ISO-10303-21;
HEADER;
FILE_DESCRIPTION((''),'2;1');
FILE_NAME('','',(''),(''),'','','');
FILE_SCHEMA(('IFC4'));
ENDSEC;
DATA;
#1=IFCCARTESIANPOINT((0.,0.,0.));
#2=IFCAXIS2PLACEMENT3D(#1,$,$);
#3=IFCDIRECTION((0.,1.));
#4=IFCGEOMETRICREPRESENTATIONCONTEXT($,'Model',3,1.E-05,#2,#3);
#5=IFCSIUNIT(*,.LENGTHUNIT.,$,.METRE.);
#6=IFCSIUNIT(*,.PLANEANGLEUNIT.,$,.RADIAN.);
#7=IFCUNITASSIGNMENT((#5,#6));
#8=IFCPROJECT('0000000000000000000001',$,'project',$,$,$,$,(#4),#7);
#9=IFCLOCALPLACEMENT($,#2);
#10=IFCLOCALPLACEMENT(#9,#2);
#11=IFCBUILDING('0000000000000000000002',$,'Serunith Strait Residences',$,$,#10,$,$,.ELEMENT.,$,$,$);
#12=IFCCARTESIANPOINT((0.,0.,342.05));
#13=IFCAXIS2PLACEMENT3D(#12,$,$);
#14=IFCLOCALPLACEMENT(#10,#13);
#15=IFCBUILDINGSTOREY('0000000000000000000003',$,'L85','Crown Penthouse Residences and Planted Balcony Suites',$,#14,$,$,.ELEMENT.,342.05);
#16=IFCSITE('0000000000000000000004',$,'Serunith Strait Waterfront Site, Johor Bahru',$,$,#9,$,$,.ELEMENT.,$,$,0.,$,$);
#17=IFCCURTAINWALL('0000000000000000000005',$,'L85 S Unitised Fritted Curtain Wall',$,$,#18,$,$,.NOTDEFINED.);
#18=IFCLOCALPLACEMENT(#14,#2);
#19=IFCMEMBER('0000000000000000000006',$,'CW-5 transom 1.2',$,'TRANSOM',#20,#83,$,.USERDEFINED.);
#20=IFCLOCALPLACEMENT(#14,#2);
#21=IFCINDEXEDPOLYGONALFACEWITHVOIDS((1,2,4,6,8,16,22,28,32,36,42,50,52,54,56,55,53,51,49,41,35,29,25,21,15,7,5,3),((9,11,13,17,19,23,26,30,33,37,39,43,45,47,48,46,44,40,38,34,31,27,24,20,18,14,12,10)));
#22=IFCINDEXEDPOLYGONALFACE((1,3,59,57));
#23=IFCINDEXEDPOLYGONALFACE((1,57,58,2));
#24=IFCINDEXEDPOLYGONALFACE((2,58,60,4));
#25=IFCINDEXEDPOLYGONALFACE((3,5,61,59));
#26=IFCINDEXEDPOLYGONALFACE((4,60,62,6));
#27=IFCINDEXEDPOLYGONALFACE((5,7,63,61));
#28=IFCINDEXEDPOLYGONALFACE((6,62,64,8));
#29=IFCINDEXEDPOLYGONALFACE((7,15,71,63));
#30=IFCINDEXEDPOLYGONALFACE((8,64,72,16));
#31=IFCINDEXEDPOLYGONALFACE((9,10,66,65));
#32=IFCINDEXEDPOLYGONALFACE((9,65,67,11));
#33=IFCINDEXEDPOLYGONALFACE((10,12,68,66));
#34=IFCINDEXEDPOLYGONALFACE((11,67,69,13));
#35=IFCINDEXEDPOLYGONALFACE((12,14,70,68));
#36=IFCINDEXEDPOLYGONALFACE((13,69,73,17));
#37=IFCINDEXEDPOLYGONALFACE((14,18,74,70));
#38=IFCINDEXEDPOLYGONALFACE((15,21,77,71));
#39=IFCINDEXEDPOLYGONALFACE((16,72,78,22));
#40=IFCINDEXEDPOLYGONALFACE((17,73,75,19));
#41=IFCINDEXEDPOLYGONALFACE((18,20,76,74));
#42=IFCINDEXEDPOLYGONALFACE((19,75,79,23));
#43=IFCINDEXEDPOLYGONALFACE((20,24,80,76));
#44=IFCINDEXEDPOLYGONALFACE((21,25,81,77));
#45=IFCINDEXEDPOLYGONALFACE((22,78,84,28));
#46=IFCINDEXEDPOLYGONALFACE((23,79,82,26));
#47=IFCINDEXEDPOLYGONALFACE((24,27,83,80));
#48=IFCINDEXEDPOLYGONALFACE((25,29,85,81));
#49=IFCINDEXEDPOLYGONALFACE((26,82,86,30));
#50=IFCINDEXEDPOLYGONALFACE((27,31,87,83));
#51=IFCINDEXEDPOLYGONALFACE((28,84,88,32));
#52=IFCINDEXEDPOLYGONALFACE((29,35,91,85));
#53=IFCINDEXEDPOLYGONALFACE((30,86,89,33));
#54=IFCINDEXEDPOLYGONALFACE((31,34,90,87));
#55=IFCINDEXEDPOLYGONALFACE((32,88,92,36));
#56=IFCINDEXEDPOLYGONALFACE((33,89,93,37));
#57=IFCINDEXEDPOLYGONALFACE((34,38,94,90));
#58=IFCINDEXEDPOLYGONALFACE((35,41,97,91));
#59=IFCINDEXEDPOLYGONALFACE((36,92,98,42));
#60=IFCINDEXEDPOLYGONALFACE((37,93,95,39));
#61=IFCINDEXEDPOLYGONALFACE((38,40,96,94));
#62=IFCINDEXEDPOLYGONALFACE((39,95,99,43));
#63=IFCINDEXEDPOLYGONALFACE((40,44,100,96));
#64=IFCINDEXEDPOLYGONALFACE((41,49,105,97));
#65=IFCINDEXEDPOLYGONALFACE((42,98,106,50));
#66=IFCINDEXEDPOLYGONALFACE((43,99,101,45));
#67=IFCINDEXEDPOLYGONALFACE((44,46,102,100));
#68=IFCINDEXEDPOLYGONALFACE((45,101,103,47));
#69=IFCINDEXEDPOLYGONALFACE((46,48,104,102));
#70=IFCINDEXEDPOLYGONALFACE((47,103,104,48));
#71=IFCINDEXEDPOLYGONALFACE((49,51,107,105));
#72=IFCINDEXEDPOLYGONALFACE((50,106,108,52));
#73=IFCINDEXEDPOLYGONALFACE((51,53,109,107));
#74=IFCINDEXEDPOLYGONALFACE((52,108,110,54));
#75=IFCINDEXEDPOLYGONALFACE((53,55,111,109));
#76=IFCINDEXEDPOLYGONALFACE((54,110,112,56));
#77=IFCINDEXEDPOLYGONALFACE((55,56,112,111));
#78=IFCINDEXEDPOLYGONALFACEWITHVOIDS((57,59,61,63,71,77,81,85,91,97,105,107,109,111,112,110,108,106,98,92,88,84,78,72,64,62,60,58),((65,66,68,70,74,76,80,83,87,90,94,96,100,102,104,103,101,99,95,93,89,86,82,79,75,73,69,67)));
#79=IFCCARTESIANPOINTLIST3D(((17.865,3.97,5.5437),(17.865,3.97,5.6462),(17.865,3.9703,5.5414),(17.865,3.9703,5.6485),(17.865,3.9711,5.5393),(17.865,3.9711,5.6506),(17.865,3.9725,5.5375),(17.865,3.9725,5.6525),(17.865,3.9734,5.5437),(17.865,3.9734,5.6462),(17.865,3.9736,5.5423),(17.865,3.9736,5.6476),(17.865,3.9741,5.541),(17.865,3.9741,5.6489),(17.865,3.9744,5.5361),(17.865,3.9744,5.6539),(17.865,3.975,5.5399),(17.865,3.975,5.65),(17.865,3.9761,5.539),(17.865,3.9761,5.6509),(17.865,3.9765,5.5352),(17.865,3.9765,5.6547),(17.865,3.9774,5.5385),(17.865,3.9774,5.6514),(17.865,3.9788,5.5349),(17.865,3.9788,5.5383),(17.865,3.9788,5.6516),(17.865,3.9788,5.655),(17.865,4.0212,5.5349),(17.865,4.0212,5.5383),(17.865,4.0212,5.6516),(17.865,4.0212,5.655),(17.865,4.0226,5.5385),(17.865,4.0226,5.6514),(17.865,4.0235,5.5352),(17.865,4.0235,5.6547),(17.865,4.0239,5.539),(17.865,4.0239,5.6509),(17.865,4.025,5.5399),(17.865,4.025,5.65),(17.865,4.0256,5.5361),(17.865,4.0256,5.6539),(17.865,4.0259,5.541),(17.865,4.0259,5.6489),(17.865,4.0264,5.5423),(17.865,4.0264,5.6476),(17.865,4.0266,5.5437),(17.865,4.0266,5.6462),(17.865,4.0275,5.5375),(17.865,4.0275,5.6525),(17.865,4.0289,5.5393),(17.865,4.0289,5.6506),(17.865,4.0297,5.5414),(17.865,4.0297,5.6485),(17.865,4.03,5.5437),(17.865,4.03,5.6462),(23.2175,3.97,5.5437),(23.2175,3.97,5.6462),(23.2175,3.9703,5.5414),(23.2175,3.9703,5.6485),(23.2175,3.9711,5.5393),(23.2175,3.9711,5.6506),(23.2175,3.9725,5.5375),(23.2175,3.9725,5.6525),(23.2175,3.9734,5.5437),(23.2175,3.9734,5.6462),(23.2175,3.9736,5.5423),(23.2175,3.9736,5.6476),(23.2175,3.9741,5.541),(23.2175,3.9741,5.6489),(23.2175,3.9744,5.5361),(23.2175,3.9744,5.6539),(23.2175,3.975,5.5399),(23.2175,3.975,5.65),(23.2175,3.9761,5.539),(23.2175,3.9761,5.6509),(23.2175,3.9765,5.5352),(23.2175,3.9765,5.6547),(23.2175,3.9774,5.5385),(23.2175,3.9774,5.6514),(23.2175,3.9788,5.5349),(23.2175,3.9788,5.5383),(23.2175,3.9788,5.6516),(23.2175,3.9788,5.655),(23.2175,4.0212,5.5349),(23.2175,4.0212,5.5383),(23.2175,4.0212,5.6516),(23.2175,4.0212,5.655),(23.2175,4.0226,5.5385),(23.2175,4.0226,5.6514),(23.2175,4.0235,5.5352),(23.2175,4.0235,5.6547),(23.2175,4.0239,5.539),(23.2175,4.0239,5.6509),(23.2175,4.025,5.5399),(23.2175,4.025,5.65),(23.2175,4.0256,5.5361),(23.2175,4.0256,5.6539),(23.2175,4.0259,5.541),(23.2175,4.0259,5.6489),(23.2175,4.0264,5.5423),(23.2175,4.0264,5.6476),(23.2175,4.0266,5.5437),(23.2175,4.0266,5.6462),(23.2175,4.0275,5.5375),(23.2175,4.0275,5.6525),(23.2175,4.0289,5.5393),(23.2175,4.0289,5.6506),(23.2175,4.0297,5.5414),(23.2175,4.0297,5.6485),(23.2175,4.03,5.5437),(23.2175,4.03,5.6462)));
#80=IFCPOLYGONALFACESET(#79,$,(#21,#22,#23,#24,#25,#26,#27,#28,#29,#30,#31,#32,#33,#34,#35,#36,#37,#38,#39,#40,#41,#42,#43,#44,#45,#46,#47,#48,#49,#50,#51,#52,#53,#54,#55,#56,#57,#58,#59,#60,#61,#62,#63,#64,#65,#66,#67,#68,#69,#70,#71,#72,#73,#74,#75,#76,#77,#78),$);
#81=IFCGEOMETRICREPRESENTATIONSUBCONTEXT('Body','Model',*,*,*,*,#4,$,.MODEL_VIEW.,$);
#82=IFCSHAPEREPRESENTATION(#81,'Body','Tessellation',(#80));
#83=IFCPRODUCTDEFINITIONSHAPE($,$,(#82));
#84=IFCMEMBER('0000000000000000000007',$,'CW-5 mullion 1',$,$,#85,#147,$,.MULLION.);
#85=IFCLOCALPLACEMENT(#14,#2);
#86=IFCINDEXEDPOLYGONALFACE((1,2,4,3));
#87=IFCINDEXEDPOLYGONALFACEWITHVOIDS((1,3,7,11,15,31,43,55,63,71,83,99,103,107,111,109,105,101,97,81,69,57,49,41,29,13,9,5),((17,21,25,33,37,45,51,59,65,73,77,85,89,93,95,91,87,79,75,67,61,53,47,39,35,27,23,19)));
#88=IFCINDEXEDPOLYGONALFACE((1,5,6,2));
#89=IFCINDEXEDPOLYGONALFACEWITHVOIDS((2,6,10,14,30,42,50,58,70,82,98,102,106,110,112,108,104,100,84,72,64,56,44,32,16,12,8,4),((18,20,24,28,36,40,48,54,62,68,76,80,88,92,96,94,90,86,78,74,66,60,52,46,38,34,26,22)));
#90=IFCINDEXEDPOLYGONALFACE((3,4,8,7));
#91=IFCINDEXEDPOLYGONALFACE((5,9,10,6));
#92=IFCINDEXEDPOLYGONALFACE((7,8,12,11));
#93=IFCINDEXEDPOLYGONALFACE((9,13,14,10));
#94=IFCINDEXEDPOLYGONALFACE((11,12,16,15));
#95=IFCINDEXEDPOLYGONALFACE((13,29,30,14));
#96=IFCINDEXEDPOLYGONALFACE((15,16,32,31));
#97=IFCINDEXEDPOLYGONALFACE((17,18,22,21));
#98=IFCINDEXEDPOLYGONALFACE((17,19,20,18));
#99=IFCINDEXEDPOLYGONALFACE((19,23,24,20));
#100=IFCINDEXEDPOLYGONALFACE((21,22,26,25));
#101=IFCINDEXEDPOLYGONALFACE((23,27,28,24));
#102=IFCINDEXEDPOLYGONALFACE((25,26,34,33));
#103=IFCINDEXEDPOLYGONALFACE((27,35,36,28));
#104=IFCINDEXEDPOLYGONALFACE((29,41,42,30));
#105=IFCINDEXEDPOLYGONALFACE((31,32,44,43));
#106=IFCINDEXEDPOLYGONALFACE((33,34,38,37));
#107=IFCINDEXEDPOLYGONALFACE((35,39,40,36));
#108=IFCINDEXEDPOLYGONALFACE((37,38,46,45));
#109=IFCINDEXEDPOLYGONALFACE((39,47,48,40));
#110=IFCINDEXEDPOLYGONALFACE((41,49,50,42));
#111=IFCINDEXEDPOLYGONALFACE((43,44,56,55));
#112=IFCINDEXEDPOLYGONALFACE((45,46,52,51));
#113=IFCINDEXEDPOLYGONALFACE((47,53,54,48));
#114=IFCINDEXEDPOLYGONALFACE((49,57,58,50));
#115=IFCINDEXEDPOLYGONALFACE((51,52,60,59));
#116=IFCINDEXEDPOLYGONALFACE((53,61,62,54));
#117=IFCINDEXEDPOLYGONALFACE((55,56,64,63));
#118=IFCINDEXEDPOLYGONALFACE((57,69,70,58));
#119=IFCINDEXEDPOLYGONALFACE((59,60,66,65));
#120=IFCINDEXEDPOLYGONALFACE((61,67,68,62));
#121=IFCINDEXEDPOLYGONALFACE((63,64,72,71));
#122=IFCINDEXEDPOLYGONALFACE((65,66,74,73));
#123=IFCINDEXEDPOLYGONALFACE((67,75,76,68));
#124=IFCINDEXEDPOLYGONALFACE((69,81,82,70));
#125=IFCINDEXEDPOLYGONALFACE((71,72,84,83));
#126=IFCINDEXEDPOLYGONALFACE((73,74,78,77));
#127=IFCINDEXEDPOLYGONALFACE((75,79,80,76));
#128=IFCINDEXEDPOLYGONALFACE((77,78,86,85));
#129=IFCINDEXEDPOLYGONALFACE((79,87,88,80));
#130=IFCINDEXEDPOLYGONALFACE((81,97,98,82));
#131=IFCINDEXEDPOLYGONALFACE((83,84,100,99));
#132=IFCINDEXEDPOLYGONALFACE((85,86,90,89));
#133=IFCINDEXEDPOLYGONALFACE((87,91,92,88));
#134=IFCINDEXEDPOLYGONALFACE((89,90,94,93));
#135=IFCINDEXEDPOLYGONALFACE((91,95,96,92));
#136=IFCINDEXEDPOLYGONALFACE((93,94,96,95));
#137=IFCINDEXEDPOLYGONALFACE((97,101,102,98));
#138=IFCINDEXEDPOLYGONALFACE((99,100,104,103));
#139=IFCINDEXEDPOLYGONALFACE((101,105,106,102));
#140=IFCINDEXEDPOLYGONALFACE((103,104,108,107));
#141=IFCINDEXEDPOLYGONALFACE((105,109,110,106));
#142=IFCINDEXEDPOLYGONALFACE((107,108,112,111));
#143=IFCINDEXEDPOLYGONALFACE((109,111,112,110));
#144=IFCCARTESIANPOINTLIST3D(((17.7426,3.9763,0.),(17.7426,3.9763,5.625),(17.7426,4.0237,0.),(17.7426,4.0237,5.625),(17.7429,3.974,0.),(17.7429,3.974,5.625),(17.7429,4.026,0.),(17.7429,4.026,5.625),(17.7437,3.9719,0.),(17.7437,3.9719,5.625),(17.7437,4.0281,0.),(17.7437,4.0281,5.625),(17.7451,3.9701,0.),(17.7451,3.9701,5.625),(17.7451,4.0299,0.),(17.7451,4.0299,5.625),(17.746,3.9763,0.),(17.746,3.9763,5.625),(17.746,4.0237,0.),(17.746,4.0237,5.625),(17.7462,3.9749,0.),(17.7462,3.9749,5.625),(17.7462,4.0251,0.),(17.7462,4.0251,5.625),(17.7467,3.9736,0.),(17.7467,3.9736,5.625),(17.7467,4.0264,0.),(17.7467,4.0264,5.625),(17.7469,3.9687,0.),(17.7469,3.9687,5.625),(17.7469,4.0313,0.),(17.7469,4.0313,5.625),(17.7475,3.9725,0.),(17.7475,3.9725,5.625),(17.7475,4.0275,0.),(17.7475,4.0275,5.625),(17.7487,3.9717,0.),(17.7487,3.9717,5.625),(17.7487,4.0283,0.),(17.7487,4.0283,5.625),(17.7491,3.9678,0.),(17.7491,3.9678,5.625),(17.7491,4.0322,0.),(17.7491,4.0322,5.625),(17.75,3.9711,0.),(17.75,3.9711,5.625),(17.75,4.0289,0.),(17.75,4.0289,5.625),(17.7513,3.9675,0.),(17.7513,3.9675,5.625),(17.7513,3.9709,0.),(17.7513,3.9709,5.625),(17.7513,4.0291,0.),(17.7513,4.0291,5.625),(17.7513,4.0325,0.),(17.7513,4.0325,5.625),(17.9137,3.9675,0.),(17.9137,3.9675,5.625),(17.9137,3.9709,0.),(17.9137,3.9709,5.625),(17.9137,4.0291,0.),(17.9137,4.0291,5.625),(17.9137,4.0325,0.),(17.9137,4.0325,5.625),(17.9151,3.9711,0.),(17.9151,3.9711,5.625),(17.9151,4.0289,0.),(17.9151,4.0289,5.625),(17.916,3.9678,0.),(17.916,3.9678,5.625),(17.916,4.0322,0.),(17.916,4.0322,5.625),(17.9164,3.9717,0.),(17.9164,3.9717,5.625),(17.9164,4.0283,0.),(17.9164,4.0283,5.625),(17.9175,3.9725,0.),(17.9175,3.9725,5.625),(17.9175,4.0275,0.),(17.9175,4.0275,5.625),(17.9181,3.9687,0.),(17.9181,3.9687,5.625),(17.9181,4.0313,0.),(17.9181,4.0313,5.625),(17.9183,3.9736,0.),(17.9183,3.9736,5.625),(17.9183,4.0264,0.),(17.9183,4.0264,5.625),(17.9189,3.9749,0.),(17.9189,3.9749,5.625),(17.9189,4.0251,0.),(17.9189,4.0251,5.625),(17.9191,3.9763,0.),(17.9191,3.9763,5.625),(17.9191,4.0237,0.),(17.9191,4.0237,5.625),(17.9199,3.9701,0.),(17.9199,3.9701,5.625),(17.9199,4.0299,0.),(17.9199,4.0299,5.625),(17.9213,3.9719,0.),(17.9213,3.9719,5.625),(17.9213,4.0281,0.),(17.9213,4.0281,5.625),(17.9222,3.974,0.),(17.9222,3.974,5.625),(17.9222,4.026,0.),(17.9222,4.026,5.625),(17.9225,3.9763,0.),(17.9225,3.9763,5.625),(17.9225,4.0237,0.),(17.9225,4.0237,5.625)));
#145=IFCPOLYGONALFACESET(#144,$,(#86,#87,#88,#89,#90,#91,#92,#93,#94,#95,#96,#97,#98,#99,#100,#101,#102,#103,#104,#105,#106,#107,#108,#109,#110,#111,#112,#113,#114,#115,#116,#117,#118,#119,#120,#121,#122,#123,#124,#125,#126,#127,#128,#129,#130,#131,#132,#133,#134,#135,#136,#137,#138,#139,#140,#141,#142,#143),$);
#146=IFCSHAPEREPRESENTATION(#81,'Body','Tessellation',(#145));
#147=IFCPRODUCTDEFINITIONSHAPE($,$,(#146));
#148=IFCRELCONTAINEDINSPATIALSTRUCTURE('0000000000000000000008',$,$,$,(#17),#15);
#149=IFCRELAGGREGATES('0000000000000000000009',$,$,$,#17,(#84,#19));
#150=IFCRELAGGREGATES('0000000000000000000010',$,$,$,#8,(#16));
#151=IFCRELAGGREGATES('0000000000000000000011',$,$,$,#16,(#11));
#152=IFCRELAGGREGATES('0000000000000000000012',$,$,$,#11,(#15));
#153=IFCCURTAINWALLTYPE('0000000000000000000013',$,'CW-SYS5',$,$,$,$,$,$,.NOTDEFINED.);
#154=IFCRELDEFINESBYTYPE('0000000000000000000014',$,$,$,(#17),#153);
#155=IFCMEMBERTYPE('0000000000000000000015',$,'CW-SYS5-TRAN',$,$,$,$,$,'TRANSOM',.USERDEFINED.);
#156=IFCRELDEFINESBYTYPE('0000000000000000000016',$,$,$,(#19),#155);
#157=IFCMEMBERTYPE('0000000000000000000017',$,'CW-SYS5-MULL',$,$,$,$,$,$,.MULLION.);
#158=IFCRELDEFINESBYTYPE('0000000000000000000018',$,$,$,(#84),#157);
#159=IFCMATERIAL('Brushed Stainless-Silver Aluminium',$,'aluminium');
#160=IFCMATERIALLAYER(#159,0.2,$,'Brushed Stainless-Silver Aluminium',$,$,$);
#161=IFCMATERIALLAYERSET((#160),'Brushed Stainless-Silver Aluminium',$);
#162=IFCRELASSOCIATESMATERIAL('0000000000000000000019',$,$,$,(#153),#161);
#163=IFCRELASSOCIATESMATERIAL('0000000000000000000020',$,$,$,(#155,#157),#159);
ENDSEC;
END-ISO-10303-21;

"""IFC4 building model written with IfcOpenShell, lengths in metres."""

from ifc_helpers import new_model, si_unit, direction, frame, origin, origin_2d, place, context, subcontext, project, spatial, hollow_rectangle, extrude, source, transform, mapped, material, layer, layer_set, material_profile, profile_set, type_object, element, aggregate, save


model = new_model("IFC4")

# Units and contexts
model_context = context("Model", 3, precision=1e-05, world=origin(), true_north=direction((0.0, 1.0)))
body_context = subcontext(model_context, "Body", "Model", "MODEL_VIEW")
ifc_project = project(units=[si_unit("LENGTHUNIT", "METRE"), si_unit("PLANEANGLEUNIT", "RADIAN")], contexts=[model_context])

# Site, building, storey
site_placement = place(None, origin())
site = spatial("IfcSite", under=ifc_project, at=site_placement, Name="Serunith Strait Waterfront Site, Johor Bahru", CompositionType="ELEMENT", RefElevation=0.0)
building_placement = place(site_placement, origin())
building = spatial("IfcBuilding", under=site, at=building_placement, Name="Serunith Strait Residences", CompositionType="ELEMENT")
storey_placement = place(building_placement, frame((0.0, 0.0, 342.05)))
storey = spatial("IfcBuildingStorey", under=building, at=storey_placement, Name="L85", Description="Crown Penthouse Residences and Planted Balcony Suites", CompositionType="ELEMENT", Elevation=342.05)

# Curtain wall, members
ifc_material_1 = material(Name="Brushed Stainless-Silver Aluminium", Category="aluminium")
ifc_layer_1 = layer(ifc_material_1, 0.2, Name="Brushed Stainless-Silver Aluminium")
ifc_layer_set_1 = layer_set([ifc_layer_1], Name="Brushed Stainless-Silver Aluminium")
curtain_wall_type = type_object("IfcCurtainWallType", Name="CW-SYS5", PredefinedType="NOTDEFINED", material=ifc_layer_set_1)
curtain_wall_1_placement = place(storey_placement, origin())
curtain_wall_1 = element("IfcCurtainWall", 1, at=curtain_wall_1_placement, inside=storey, type_object=curtain_wall_type, Name="L85 S Unitised Fritted Curtain Wall", PredefinedType="NOTDEFINED")
ifc_material_profile_1 = material_profile(ifc_material_1, hollow_rectangle(XDim=0.0601, YDim=0.1201, WallThickness=0.0034, InnerFilletRadius=0.0054, OuterFilletRadius=0.0088, at=origin_2d()), Name="ALU 120x60x3.5")
ifc_profile_set_1 = profile_set([ifc_material_profile_1], Name="Brushed Stainless-Silver Aluminium")
member_type_1 = type_object("IfcMemberType", Name="CW-SYS5-TRAN", ElementType="TRANSOM", PredefinedType="USERDEFINED", material=ifc_profile_set_1)
shared_shape_1 = source(origin(), body_context, "Body", "SweptSolid", [
    extrude(hollow_rectangle(XDim=0.0601, YDim=0.1201, WallThickness=0.0034, InnerFilletRadius=0.0054, OuterFilletRadius=0.0088, at=origin_2d()), origin(), (0.0, 0.0, 1.0), 5.3525),
])
member_1_placement = place(storey_placement, frame((17.865, 4.0, 5.595), z_axis=(1.0, 0.0, 0.0), x_axis=(0.0, 1.0, 0.0)))
member_1 = element("IfcMember", 2, at=member_1_placement, type_object=member_type_1, Name="CW-5 transom 1.2", ObjectType="TRANSOM", PredefinedType="USERDEFINED", context=body_context, shape_type="MappedRepresentation", body=[
    mapped(shared_shape_1, transform((0.0, 0.0, 0.0), scale=1.0)),
])
ifc_material_profile_2 = material_profile(ifc_material_1, hollow_rectangle(XDim=0.0649, YDim=0.1799, WallThickness=0.0034, InnerFilletRadius=0.0054, OuterFilletRadius=0.0088, at=origin_2d()), Name="ALU 180x65x3.5")
ifc_profile_set_2 = profile_set([ifc_material_profile_2], Name="Brushed Stainless-Silver Aluminium")
member_type_2 = type_object("IfcMemberType", Name="CW-SYS5-MULL", PredefinedType="MULLION", material=ifc_profile_set_2)
shared_shape_2 = source(origin(), body_context, "Body", "SweptSolid", [
    extrude(hollow_rectangle(XDim=0.0649, YDim=0.1799, WallThickness=0.0034, InnerFilletRadius=0.0054, OuterFilletRadius=0.0088, at=origin_2d()), origin(), (0.0, 0.0, 1.0), 5.625),
])
member_2_placement = place(storey_placement, frame((17.8325, 4.0, 0.0), z_axis=(0.0, 0.0, 1.0), x_axis=(0.0, 1.0, 0.0)))
member_2 = element("IfcMember", 3, at=member_2_placement, type_object=member_type_2, Name="CW-5 mullion 1", PredefinedType="MULLION", context=body_context, shape_type="MappedRepresentation", body=[
    mapped(shared_shape_2, transform((0.0, 0.0, 0.0), scale=1.0)),
])
aggregate(curtain_wall_1, [member_2, member_1])

save(model, "model.ifc")
